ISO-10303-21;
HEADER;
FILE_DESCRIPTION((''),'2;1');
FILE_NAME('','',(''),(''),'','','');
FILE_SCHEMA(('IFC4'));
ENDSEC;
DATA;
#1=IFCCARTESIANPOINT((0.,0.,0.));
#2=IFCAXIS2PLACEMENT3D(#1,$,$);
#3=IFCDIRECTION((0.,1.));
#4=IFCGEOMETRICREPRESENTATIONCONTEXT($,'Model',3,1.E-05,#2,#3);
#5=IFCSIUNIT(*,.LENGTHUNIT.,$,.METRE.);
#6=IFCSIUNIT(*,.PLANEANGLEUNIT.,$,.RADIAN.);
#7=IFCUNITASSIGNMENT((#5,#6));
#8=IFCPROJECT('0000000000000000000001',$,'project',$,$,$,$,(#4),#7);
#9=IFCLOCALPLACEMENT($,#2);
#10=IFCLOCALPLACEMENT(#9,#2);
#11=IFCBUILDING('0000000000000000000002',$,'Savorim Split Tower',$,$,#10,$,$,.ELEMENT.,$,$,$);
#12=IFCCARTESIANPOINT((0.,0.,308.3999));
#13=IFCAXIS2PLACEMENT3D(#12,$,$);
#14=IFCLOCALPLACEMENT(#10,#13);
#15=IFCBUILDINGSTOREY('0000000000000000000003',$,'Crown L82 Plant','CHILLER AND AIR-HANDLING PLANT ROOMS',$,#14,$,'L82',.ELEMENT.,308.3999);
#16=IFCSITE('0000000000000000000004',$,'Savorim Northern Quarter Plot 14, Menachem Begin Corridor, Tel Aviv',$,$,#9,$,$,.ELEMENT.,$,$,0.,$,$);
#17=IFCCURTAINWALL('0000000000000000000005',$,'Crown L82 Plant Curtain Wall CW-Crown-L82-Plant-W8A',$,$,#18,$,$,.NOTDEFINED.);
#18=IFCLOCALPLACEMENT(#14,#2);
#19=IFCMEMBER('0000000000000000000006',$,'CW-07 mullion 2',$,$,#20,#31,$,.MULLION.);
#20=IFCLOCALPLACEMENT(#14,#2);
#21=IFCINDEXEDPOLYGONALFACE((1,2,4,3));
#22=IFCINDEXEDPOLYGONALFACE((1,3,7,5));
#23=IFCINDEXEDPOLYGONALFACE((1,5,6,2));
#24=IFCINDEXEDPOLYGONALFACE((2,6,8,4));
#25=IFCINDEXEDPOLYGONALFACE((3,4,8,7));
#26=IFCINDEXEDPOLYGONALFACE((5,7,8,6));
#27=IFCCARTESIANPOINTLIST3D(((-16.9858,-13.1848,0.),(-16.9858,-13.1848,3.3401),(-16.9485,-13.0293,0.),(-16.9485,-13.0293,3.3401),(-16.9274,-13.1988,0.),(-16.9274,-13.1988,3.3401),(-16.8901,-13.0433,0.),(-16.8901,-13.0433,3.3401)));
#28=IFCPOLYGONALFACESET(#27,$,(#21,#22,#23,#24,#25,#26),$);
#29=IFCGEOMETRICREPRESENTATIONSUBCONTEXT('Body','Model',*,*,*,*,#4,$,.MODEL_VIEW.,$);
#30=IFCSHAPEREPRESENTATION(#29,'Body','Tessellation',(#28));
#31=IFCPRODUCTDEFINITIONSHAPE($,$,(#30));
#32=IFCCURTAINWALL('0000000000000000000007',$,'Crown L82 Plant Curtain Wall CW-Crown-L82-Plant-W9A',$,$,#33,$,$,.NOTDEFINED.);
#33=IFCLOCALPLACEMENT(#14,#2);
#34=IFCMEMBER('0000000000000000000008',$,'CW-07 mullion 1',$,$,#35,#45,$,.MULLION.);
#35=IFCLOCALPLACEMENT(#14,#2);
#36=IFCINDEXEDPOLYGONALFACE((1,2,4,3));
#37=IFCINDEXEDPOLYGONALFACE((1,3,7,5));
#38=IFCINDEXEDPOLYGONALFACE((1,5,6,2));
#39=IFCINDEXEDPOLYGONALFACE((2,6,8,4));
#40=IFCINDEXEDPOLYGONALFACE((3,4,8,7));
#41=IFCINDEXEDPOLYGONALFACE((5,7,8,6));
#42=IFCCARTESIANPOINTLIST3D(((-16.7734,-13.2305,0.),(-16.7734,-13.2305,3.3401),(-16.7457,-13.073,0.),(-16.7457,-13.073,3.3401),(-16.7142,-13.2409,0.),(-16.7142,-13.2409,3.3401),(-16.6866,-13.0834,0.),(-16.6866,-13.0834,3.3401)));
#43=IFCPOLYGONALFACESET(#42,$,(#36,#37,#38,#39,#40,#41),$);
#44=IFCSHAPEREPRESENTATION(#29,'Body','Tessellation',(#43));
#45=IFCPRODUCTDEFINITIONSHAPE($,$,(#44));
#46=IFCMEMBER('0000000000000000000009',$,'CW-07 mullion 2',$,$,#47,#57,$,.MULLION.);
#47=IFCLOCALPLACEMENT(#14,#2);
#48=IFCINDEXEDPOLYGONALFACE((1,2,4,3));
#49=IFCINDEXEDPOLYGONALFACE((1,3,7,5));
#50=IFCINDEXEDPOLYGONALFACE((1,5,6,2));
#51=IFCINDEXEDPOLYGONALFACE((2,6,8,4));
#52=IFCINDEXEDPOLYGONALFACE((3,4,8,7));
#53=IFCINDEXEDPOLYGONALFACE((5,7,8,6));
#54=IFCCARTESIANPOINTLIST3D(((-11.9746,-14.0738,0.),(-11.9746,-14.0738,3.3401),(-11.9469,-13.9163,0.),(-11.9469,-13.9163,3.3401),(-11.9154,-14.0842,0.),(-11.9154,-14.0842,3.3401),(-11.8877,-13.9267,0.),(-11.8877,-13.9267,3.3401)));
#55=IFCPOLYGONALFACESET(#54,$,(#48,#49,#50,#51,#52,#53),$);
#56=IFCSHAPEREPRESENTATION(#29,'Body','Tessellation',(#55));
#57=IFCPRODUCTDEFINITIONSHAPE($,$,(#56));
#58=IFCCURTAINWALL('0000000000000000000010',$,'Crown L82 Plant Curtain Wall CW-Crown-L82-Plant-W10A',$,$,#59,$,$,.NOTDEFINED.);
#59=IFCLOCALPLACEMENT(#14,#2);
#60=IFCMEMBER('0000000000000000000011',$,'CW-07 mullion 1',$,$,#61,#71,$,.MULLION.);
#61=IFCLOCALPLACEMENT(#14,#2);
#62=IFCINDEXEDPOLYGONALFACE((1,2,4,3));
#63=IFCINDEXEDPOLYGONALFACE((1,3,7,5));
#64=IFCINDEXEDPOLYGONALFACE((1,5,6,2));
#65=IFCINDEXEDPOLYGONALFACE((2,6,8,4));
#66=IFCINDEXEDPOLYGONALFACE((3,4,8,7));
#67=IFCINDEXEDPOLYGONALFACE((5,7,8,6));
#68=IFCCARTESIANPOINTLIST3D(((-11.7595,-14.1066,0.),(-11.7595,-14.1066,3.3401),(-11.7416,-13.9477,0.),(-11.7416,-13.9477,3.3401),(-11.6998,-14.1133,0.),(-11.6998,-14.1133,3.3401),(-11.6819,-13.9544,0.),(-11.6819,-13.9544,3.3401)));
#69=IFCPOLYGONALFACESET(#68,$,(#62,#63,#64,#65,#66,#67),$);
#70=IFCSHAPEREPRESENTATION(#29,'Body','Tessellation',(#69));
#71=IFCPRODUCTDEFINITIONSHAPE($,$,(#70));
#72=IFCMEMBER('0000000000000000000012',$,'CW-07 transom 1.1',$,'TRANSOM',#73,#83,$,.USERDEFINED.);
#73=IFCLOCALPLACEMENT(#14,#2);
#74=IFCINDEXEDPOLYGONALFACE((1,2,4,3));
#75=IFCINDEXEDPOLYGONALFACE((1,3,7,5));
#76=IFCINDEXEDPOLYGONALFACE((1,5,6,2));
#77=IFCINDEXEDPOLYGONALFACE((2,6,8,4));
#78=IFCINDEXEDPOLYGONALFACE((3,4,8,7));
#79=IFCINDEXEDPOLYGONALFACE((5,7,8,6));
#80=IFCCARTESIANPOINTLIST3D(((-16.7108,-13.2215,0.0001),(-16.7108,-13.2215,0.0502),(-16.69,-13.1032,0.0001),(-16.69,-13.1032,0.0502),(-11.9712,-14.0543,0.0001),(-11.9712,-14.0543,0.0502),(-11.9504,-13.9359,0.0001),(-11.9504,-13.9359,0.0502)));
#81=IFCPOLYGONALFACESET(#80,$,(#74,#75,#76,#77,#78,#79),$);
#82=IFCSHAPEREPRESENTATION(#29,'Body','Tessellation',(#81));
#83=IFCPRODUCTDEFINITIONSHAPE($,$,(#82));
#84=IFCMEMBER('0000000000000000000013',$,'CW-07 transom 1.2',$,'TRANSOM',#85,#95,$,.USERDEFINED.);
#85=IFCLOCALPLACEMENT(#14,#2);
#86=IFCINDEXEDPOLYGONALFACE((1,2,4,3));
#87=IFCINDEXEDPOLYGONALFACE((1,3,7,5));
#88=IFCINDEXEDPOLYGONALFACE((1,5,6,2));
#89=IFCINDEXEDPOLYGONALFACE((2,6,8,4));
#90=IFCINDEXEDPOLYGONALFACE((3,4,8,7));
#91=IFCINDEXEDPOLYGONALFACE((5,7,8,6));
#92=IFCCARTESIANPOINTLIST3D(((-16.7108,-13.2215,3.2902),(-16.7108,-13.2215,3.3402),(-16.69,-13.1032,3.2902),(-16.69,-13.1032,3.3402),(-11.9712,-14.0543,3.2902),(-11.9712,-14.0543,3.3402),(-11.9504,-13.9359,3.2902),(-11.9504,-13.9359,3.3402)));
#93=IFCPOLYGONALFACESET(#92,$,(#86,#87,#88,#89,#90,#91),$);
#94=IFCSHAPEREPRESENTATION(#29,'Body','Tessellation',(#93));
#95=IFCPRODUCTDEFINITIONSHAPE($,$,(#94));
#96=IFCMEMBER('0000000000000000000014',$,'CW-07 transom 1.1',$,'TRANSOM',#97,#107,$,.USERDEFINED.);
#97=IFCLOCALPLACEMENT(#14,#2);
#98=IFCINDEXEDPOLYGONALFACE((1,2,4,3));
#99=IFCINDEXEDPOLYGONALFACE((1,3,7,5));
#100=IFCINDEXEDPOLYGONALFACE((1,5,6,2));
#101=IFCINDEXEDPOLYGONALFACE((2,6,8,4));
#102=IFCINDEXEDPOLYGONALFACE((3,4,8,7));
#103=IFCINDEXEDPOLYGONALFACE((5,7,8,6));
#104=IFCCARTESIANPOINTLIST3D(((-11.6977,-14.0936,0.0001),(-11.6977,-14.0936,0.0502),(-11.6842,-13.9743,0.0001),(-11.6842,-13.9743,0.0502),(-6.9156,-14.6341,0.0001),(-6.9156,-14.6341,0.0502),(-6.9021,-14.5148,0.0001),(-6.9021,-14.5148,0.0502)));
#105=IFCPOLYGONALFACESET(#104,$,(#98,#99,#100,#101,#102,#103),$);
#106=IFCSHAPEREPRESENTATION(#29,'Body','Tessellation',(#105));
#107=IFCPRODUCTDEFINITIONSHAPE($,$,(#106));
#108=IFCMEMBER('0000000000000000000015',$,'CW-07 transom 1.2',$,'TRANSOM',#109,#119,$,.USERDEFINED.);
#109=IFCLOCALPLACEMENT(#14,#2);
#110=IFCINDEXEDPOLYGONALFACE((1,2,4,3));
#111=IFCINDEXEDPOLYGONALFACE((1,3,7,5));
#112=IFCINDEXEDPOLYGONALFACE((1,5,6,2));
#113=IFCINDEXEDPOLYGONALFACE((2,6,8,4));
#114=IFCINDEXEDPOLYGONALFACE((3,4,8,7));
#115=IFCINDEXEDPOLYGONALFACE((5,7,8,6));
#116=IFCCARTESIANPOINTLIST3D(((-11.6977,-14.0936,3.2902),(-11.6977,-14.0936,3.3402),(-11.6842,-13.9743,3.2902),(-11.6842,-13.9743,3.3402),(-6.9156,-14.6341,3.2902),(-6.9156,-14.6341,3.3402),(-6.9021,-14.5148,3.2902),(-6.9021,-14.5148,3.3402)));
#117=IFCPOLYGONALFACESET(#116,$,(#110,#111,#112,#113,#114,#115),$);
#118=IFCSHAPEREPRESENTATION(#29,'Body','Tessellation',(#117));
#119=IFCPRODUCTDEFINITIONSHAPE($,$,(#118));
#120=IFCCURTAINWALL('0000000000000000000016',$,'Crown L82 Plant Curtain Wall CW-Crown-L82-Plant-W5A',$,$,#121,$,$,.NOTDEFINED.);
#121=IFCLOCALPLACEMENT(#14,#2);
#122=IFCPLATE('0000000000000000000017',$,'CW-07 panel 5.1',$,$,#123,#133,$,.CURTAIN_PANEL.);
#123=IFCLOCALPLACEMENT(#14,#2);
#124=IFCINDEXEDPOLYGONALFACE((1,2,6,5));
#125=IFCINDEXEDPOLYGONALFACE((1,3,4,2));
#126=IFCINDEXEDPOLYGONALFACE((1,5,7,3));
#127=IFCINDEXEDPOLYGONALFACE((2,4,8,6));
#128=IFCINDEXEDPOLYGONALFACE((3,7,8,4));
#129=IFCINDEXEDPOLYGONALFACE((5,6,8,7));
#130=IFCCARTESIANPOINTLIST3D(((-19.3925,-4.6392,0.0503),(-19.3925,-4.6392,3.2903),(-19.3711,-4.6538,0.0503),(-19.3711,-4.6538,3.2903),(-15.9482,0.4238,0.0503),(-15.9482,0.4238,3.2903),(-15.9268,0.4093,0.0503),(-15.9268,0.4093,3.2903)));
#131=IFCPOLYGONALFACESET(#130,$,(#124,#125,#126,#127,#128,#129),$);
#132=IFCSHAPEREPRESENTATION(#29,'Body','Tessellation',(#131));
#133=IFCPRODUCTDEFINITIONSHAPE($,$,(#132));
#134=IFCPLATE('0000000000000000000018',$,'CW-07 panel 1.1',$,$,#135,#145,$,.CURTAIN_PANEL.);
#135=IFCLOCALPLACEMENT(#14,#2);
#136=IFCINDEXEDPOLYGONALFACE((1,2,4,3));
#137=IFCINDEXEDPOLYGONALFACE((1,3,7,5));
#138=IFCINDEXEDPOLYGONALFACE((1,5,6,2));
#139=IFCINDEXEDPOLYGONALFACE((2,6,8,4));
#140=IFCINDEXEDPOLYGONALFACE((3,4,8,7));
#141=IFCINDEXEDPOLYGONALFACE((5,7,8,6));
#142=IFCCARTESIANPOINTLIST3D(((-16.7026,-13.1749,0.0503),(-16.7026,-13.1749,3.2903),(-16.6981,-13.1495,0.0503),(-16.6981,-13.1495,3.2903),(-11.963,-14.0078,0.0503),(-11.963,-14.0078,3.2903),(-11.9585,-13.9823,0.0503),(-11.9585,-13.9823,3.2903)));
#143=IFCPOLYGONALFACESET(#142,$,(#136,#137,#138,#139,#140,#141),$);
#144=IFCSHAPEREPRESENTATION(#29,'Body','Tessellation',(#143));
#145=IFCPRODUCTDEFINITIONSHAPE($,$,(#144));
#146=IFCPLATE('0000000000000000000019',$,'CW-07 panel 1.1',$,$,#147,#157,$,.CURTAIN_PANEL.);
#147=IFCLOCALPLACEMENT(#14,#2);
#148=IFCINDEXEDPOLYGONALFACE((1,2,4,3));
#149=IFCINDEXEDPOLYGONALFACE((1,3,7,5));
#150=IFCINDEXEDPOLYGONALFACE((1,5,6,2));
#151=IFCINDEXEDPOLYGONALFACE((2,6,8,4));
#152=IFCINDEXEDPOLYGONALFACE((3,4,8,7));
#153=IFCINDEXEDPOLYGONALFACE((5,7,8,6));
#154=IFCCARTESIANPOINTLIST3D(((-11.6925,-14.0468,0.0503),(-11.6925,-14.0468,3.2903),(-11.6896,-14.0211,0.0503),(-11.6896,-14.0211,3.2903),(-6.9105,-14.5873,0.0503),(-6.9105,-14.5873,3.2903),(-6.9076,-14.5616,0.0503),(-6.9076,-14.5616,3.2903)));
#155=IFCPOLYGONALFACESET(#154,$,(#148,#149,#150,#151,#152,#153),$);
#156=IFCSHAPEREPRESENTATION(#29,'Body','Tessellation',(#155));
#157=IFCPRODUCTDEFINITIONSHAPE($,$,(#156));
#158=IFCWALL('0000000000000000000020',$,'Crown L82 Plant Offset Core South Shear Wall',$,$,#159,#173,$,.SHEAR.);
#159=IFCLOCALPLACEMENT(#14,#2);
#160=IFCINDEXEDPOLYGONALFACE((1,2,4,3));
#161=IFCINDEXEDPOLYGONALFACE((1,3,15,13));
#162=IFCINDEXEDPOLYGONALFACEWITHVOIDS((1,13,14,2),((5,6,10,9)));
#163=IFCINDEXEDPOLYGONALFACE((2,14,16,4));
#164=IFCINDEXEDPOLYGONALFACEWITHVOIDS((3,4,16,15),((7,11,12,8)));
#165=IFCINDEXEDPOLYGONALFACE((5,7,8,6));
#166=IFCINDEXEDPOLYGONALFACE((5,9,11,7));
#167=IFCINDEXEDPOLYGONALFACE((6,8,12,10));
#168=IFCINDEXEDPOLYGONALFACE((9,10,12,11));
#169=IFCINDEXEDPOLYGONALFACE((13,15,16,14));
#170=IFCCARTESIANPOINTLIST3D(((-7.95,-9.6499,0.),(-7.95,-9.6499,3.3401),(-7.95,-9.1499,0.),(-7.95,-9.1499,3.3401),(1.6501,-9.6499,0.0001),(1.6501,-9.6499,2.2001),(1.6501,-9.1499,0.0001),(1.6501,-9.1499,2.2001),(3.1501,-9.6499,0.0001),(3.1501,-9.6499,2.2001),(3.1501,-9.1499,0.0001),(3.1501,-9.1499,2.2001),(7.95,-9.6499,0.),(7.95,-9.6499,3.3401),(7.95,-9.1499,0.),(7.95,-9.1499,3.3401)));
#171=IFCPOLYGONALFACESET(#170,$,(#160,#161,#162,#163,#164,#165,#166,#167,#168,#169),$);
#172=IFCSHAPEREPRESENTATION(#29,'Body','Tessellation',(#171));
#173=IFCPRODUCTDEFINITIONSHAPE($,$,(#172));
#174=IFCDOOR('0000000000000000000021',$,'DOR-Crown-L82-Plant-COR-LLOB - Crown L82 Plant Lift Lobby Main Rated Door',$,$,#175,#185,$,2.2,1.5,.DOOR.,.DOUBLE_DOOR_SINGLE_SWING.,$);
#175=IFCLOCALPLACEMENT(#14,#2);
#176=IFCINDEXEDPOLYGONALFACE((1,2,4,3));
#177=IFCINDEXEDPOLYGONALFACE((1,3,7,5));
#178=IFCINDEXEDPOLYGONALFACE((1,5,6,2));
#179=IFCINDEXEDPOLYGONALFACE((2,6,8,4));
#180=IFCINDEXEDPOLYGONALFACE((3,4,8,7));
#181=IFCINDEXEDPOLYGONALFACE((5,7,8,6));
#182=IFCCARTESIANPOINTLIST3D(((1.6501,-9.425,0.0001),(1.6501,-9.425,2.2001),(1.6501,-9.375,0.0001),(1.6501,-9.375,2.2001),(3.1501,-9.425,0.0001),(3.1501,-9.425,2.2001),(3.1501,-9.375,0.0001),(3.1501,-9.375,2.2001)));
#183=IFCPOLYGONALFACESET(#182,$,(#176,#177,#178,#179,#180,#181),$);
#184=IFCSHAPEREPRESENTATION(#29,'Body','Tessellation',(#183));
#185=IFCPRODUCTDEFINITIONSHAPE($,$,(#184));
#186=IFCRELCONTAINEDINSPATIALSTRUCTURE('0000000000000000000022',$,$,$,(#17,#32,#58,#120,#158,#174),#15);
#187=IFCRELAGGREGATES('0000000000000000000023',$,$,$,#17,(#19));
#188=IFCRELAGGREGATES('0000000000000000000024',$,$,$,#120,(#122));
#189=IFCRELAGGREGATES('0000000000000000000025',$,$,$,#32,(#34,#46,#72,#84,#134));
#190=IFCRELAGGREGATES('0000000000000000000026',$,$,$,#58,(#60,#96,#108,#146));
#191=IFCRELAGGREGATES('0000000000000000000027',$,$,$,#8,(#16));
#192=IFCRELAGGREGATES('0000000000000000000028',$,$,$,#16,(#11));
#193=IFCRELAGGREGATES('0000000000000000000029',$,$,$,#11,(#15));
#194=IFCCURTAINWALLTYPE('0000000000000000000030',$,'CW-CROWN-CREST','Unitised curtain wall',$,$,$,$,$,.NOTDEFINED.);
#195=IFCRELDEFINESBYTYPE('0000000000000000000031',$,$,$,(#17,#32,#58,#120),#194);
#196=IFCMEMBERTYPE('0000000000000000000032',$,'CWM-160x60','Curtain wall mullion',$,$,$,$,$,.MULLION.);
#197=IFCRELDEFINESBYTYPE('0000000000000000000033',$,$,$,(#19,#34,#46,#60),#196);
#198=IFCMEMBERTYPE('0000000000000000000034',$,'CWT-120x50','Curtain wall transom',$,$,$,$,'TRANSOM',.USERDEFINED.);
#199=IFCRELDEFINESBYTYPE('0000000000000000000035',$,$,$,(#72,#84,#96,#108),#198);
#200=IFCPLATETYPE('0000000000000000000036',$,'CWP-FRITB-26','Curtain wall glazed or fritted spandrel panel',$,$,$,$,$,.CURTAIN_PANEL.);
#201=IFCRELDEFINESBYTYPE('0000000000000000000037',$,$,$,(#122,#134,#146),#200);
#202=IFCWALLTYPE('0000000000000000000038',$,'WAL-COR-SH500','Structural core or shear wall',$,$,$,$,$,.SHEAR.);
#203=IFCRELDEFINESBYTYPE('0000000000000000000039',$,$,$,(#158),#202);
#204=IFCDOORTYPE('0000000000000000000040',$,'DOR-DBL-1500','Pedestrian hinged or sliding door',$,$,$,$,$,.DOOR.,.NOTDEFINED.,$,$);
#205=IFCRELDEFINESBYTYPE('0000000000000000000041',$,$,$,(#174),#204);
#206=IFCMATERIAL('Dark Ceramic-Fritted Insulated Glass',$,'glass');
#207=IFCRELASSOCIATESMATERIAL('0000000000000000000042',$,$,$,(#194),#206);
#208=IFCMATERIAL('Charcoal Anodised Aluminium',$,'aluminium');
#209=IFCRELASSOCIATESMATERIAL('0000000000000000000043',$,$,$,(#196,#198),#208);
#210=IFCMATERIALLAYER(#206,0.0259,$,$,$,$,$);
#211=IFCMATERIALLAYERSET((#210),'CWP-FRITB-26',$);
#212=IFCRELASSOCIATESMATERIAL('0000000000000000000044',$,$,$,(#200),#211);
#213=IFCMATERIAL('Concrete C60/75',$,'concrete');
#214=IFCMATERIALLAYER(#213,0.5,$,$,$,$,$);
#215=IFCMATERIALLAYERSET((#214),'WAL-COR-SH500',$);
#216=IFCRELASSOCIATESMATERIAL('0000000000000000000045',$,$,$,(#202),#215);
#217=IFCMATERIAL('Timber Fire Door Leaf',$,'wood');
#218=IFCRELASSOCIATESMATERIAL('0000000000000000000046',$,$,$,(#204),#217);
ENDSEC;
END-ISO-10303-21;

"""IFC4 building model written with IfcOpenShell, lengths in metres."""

from ifc_helpers import new_model, si_unit, direction, frame, frame_2d, origin, origin_2d, place, context, subcontext, project, spatial, rectangle, extrude, material, layer, layer_set, material_profile, profile_set, type_object, element, fill, aggregate, save


model = new_model("IFC4")

# Units and contexts
model_context = context("Model", 3, precision=1e-05, world=origin(), true_north=direction((0.0, 1.0)))
body_context = subcontext(model_context, "Body", "Model", "MODEL_VIEW")
ifc_project = project(units=[si_unit("LENGTHUNIT", "METRE"), si_unit("PLANEANGLEUNIT", "RADIAN")], contexts=[model_context])

# Site, building, storey
site_placement = place(None, origin())
site = spatial("IfcSite", under=ifc_project, at=site_placement, Name="Savorim Northern Quarter Plot 14, Menachem Begin Corridor, Tel Aviv", CompositionType="ELEMENT", RefElevation=0.0)
building_placement = place(site_placement, origin())
building = spatial("IfcBuilding", under=site, at=building_placement, Name="Savorim Split Tower", CompositionType="ELEMENT")
storey_placement = place(building_placement, frame((0.0, 0.0, 308.3999)))
storey = spatial("IfcBuildingStorey", under=building, at=storey_placement, Name="Crown L82 Plant", Description="CHILLER AND AIR-HANDLING PLANT ROOMS", LongName="L82", CompositionType="ELEMENT", Elevation=308.3999)

# Curtain wall, member
ifc_material_1 = material(Name="Dark Ceramic-Fritted Insulated Glass", Category="glass")
curtain_wall_type = type_object("IfcCurtainWallType", Name="CW-CROWN-CREST", Description="Unitised curtain wall", PredefinedType="NOTDEFINED", material=ifc_material_1)
curtain_wall_1_placement = place(storey_placement, origin())
curtain_wall_1 = element("IfcCurtainWall", 1, at=curtain_wall_1_placement, inside=storey, type_object=curtain_wall_type, Name="Crown L82 Plant Curtain Wall CW-Crown-L82-Plant-W8A", PredefinedType="NOTDEFINED")
ifc_material_2 = material(Name="Charcoal Anodised Aluminium", Category="aluminium")
ifc_material_profile_1 = material_profile(ifc_material_2, rectangle(XDim=0.1599, YDim=0.0601, at=origin_2d()), Name="ALU-M 160x60")
ifc_profile_set_1 = profile_set([ifc_material_profile_1], Name="Charcoal Anodised Aluminium")
member_type_1 = type_object("IfcMemberType", Name="CWM-160x60", Description="Curtain wall mullion", PredefinedType="MULLION", material=ifc_profile_set_1)
member_1_placement = place(storey_placement, frame((-16.938, -13.114, 0.0), z_axis=(0.0, 0.0, 1.0), x_axis=(0.233166, 0.972437, 0.0)))
member_1 = element("IfcMember", 2, at=member_1_placement, type_object=member_type_1, Name="CW-07 mullion 2", PredefinedType="MULLION", context=body_context, shape_type="SweptSolid", body=[
    extrude(rectangle(XDim=0.1599, YDim=0.0601, at=origin_2d()), origin(), (0.0, 0.0, 1.0), 3.3401),
])
aggregate(curtain_wall_1, [member_1])

# Curtain wall, members
curtain_wall_2_placement = place(storey_placement, origin())
curtain_wall_2 = element("IfcCurtainWall", 3, at=curtain_wall_2_placement, inside=storey, type_object=curtain_wall_type, Name="Crown L82 Plant Curtain Wall CW-Crown-L82-Plant-W9A", PredefinedType="NOTDEFINED")
member_2_placement = place(storey_placement, frame((-16.73, -13.157, 0.0), z_axis=(0.0, 0.0, 1.0), x_axis=(0.173062, 0.984911, 0.0)))
member_2 = element("IfcMember", 4, at=member_2_placement, type_object=member_type_1, Name="CW-07 mullion 1", PredefinedType="MULLION", context=body_context, shape_type="SweptSolid", body=[
    extrude(rectangle(XDim=0.1599, YDim=0.0601, at=origin_2d()), origin(), (0.0, 0.0, 1.0), 3.3401),
])
member_3_placement = place(storey_placement, frame((-11.9312, -14.0002, 0.0), z_axis=(0.0, 0.0, 1.0), x_axis=(0.173062, 0.984911, 0.0)))
member_3 = element("IfcMember", 5, at=member_3_placement, type_object=member_type_1, Name="CW-07 mullion 2", PredefinedType="MULLION", context=body_context, shape_type="SweptSolid", body=[
    extrude(rectangle(XDim=0.1599, YDim=0.0601, at=origin_2d()), origin(), (0.0, 0.0, 1.0), 3.3401),
])

# Curtain wall, member
curtain_wall_3_placement = place(storey_placement, origin())
curtain_wall_3 = element("IfcCurtainWall", 6, at=curtain_wall_3_placement, inside=storey, type_object=curtain_wall_type, Name="Crown L82 Plant Curtain Wall CW-Crown-L82-Plant-W10A", PredefinedType="NOTDEFINED")
member_4_placement = place(storey_placement, frame((-11.7207, -14.0305, 0.0), z_axis=(0.0, 0.0, 1.0), x_axis=(0.112318, 0.993672, 0.0)))
member_4 = element("IfcMember", 7, at=member_4_placement, type_object=member_type_1, Name="CW-07 mullion 1", PredefinedType="MULLION", context=body_context, shape_type="SweptSolid", body=[
    extrude(rectangle(XDim=0.1599, YDim=0.0601, at=origin_2d()), origin(), (0.0, 0.0, 1.0), 3.3401),
])

# Members
ifc_material_profile_2 = material_profile(ifc_material_2, rectangle(XDim=0.1201, YDim=0.05, at=origin_2d()), Name="ALU-T 120x50")
ifc_profile_set_2 = profile_set([ifc_material_profile_2], Name="Charcoal Anodised Aluminium")
member_type_2 = type_object("IfcMemberType", Name="CWT-120x50", Description="Curtain wall transom", ElementType="TRANSOM", PredefinedType="USERDEFINED", material=ifc_profile_set_2)
member_5_placement = place(storey_placement, frame((-16.7004, -13.1624, 0.0251), z_axis=(0.984914, -0.173047, 0.0), x_axis=(0.173047, 0.984914, 0.0)))
member_5 = element("IfcMember", 8, at=member_5_placement, type_object=member_type_2, Name="CW-07 transom 1.1", ObjectType="TRANSOM", PredefinedType="USERDEFINED", context=body_context, shape_type="SweptSolid", body=[
    extrude(rectangle(XDim=0.1201, YDim=0.05, at=origin_2d()), origin(), (0.0, 0.0, 1.0), 4.8123),
])
member_6_placement = place(storey_placement, frame((-16.7004, -13.1624, 3.3152), z_axis=(0.984914, -0.173047, 0.0), x_axis=(0.173047, 0.984914, 0.0)))
member_6 = element("IfcMember", 9, at=member_6_placement, type_object=member_type_2, Name="CW-07 transom 1.2", ObjectType="TRANSOM", PredefinedType="USERDEFINED", context=body_context, shape_type="SweptSolid", body=[
    extrude(rectangle(XDim=0.1201, YDim=0.05, at=origin_2d()), origin(), (0.0, 0.0, 1.0), 4.8123),
])
member_7_placement = place(storey_placement, frame((-11.6909, -14.0339, 0.0251), z_axis=(0.993672, -0.112319, 0.0), x_axis=(0.112319, 0.993672, 0.0)))
member_7 = element("IfcMember", 10, at=member_7_placement, type_object=member_type_2, Name="CW-07 transom 1.1", ObjectType="TRANSOM", PredefinedType="USERDEFINED", context=body_context, shape_type="SweptSolid", body=[
    extrude(rectangle(XDim=0.1201, YDim=0.05, at=origin_2d()), origin(), (0.0, 0.0, 1.0), 4.8125),
])
member_8_placement = place(storey_placement, frame((-11.6909, -14.0339, 3.3152), z_axis=(0.993672, -0.112319, 0.0), x_axis=(0.112319, 0.993672, 0.0)))
member_8 = element("IfcMember", 11, at=member_8_placement, type_object=member_type_2, Name="CW-07 transom 1.2", ObjectType="TRANSOM", PredefinedType="USERDEFINED", context=body_context, shape_type="SweptSolid", body=[
    extrude(rectangle(XDim=0.1201, YDim=0.05, at=origin_2d()), origin(), (0.0, 0.0, 1.0), 4.8125),
])

# Curtain wall, plate
curtain_wall_4_placement = place(storey_placement, origin())
curtain_wall_4 = element("IfcCurtainWall", 12, at=curtain_wall_4_placement, inside=storey, type_object=curtain_wall_type, Name="Crown L82 Plant Curtain Wall CW-Crown-L82-Plant-W5A", PredefinedType="NOTDEFINED")
ifc_layer_1 = layer(ifc_material_1, 0.0259)
ifc_layer_set_1 = layer_set([ifc_layer_1], Name="CWP-FRITB-26")
plate_type = type_object("IfcPlateType", Name="CWP-FRITB-26", Description="Curtain wall glazed or fritted spandrel panel", PredefinedType="CURTAIN_PANEL", material=ifc_layer_set_1)
plate_1_placement = place(storey_placement, frame((-17.6597, -2.115, 0.0503), z_axis=(0.0, 0.0, 1.0), x_axis=(-0.562466, -0.82682, 0.0)))
plate_1 = element("IfcPlate", 13, at=plate_1_placement, type_object=plate_type, Name="CW-07 panel 5.1", PredefinedType="CURTAIN_PANEL", context=body_context, shape_type="SweptSolid", body=[
    extrude(rectangle(XDim=6.1235, YDim=0.0259, at=origin_2d()), origin(), (0.0, 0.0, 1.0), 3.24),
])
aggregate(curtain_wall_4, [plate_1])

# Plates
plate_2_placement = place(storey_placement, frame((-14.3306, -13.5786, 0.0503), z_axis=(0.0, 0.0, 1.0), x_axis=(0.984911, -0.173062, 0.0)))
plate_2 = element("IfcPlate", 14, at=plate_2_placement, type_object=plate_type, Name="CW-07 panel 1.1", PredefinedType="CURTAIN_PANEL", context=body_context, shape_type="SweptSolid", body=[
    extrude(rectangle(XDim=4.8123, YDim=0.0259, at=origin_2d()), origin(), (0.0, 0.0, 1.0), 3.24),
])
aggregate(curtain_wall_2, [member_2, member_3, member_5, member_6, plate_2])
plate_3_placement = place(storey_placement, frame((-9.3, -14.3042, 0.0503), z_axis=(0.0, 0.0, 1.0), x_axis=(0.993672, -0.112318, 0.0)))
plate_3 = element("IfcPlate", 15, at=plate_3_placement, type_object=plate_type, Name="CW-07 panel 1.1", PredefinedType="CURTAIN_PANEL", context=body_context, shape_type="SweptSolid", body=[
    extrude(rectangle(XDim=4.8125, YDim=0.0259, at=origin_2d()), origin(), (0.0, 0.0, 1.0), 3.24),
])
aggregate(curtain_wall_3, [member_4, member_7, member_8, plate_3])

# Wall, opening, door
ifc_material_3 = material(Name="Concrete C60/75", Category="concrete")
ifc_layer_2 = layer(ifc_material_3, 0.5)
ifc_layer_set_2 = layer_set([ifc_layer_2], Name="WAL-COR-SH500")
wall_type_1 = type_object("IfcWallType", Name="WAL-COR-SH500", Description="Structural core or shear wall", PredefinedType="SHEAR", material=ifc_layer_set_2)
wall_1_placement = place(storey_placement, frame((-7.95, -9.3999, 0.0), z_axis=(0.0, 0.0, 1.0), x_axis=(1.0, 0.0, 0.0)))
wall_1 = element("IfcWall", 16, at=wall_1_placement, inside=storey, type_object=wall_type_1, Name="Crown L82 Plant Offset Core South Shear Wall", PredefinedType="SHEAR", context=body_context, shape_type="SweptSolid", body=[
    extrude(rectangle(XDim=15.8999, YDim=0.5, at=frame_2d((7.95, 0.0))), origin(), (0.0, 0.0, 1.0), 3.3401),
])
opening_1_placement = place(wall_1_placement, frame((9.6001, 0.0, 0.0)))
opening_1 = element("IfcOpeningElement", 17, at=opening_1_placement, cuts=wall_1, PredefinedType="OPENING", context=body_context, shape_type="SweptSolid", body=[
    extrude(rectangle(XDim=1.5, YDim=2.2, at=frame_2d((0.75, 1.1001))), frame((0.0, 0.26, 0.0), z_axis=(0.0, -1.0, 0.0), x_axis=(1.0, 0.0, 0.0)), (0.0, 0.0, 1.0), 0.52),
])
ifc_material_4 = material(Name="Timber Fire Door Leaf", Category="wood")
door_type_1 = type_object("IfcDoorType", Name="DOR-DBL-1500", Description="Pedestrian hinged or sliding door", OperationType="NOTDEFINED", PredefinedType="DOOR", material=ifc_material_4)
door_1_placement = place(opening_1_placement, origin())
door_1 = element("IfcDoor", 18, at=door_1_placement, inside=storey, type_object=door_type_1, Name="DOR-Crown-L82-Plant-COR-LLOB - Crown L82 Plant Lift Lobby Main Rated Door", OperationType="DOUBLE_DOOR_SINGLE_SWING", OverallHeight=2.2, OverallWidth=1.5, PredefinedType="DOOR", context=body_context, shape_type="SweptSolid", body=[
    extrude(rectangle(XDim=1.5, YDim=2.2, at=frame_2d((0.75, 1.1001))), frame((0.0, 0.0249, 0.0), z_axis=(0.0, -1.0, 0.0), x_axis=(1.0, 0.0, 0.0)), (0.0, 0.0, 1.0), 0.05),
])
fill(opening_1, door_1)

save(model, "model.ifc")
